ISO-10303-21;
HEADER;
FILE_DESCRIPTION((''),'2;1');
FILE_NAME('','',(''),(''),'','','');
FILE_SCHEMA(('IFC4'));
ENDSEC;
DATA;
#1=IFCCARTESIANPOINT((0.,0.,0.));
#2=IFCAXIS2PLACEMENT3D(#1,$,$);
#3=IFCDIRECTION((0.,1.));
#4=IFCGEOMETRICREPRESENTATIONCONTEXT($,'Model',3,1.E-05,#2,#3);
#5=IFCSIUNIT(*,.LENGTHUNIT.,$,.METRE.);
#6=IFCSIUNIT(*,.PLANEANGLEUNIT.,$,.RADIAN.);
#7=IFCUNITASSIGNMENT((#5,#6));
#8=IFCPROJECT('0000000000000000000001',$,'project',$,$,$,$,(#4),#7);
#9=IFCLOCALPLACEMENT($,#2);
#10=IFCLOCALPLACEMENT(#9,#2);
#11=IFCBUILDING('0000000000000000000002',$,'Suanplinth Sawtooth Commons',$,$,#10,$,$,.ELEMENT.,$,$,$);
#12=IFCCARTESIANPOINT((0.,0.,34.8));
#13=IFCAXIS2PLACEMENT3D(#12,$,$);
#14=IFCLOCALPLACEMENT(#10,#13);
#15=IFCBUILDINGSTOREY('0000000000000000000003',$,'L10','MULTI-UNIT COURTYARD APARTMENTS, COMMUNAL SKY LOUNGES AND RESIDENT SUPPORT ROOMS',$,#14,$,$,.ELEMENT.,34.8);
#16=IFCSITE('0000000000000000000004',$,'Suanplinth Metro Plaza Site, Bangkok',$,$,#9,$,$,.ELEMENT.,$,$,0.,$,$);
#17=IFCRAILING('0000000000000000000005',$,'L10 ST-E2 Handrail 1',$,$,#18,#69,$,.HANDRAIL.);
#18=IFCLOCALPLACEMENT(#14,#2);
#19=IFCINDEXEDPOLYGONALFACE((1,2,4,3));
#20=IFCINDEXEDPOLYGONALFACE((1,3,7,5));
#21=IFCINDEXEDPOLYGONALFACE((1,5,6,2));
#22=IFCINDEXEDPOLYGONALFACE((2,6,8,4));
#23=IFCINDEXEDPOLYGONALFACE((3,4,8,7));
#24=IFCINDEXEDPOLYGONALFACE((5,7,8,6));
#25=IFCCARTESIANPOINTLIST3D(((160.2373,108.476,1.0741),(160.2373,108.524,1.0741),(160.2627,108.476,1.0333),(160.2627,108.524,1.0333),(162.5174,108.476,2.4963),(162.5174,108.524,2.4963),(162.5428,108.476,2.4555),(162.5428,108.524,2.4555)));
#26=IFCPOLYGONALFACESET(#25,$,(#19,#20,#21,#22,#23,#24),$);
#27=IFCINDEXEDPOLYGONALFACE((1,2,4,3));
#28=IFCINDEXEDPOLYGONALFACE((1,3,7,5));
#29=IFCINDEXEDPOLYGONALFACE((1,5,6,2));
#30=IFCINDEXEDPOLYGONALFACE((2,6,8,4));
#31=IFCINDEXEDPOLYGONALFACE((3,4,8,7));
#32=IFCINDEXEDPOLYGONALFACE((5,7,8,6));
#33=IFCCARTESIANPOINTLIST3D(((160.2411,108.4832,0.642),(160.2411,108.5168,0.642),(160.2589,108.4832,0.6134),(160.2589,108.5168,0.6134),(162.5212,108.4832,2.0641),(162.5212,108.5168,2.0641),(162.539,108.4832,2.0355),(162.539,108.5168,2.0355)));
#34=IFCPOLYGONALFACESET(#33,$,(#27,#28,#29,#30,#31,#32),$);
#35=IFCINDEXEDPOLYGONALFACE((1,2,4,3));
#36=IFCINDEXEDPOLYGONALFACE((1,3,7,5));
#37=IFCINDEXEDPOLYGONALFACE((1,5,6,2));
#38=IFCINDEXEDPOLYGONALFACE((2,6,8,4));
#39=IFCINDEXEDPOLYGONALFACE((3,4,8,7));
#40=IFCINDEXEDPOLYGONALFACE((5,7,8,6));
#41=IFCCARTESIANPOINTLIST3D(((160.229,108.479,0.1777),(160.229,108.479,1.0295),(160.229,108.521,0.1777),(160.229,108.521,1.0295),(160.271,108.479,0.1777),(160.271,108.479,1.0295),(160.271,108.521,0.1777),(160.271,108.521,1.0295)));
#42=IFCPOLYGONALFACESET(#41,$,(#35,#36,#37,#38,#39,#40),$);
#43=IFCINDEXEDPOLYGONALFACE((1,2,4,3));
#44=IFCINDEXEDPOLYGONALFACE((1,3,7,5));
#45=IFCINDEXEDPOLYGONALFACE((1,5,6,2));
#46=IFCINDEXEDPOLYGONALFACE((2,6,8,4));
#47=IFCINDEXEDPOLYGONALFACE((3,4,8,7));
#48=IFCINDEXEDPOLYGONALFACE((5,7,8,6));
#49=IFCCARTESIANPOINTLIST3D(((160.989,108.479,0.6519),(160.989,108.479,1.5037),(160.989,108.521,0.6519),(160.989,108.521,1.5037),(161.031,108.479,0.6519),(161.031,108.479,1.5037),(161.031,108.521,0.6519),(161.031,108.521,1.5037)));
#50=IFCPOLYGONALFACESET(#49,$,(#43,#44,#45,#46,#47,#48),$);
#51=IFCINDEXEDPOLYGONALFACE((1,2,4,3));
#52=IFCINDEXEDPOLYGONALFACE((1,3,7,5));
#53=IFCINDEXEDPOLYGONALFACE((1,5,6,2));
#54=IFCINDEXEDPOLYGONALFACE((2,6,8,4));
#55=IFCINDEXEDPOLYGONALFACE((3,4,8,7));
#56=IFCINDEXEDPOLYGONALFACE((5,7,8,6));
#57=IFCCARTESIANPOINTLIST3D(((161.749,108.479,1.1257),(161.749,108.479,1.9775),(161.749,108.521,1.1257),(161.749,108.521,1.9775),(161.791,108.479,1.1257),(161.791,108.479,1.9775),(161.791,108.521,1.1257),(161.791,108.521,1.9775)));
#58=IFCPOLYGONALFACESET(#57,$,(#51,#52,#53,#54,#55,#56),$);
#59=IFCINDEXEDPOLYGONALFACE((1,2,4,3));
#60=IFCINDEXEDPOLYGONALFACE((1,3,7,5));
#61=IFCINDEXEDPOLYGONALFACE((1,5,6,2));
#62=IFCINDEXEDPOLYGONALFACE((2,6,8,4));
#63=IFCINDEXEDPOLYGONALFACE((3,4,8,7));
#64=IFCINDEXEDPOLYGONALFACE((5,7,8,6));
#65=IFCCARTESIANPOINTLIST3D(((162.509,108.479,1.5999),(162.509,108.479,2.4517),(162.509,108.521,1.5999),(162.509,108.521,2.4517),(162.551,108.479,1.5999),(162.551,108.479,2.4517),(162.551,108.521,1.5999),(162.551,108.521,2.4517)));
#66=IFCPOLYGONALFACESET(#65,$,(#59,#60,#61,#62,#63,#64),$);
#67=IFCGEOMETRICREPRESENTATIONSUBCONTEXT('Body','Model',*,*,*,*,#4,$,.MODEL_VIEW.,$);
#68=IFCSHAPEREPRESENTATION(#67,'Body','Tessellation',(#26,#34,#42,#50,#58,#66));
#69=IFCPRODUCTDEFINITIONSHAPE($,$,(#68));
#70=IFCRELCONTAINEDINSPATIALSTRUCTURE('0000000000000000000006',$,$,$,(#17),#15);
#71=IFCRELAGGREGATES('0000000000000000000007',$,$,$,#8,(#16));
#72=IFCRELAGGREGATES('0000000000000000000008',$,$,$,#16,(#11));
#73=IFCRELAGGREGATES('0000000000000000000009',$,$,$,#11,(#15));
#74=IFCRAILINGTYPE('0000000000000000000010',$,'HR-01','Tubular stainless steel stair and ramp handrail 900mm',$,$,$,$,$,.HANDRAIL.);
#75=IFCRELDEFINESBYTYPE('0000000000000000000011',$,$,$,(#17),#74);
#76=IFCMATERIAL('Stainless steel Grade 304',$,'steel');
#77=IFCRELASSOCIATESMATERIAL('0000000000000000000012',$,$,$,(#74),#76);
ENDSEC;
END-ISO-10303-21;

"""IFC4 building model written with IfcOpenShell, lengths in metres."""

from ifc_helpers import new_model, si_unit, direction, frame, origin, origin_2d, place, context, subcontext, project, spatial, rectangle, extrude, material, type_object, element, save


model = new_model("IFC4")

# Units and contexts
model_context = context("Model", 3, precision=1e-05, world=origin(), true_north=direction((0.0, 1.0)))
body_context = subcontext(model_context, "Body", "Model", "MODEL_VIEW")
ifc_project = project(units=[si_unit("LENGTHUNIT", "METRE"), si_unit("PLANEANGLEUNIT", "RADIAN")], contexts=[model_context])

# Site, building, storey
site_placement = place(None, origin())
site = spatial("IfcSite", under=ifc_project, at=site_placement, Name="Suanplinth Metro Plaza Site, Bangkok", CompositionType="ELEMENT", RefElevation=0.0)
building_placement = place(site_placement, origin())
building = spatial("IfcBuilding", under=site, at=building_placement, Name="Suanplinth Sawtooth Commons", CompositionType="ELEMENT")
storey_placement = place(building_placement, frame((0.0, 0.0, 34.8)))
storey = spatial("IfcBuildingStorey", under=building, at=storey_placement, Name="L10", Description="MULTI-UNIT COURTYARD APARTMENTS, COMMUNAL SKY LOUNGES AND RESIDENT SUPPORT ROOMS", CompositionType="ELEMENT", Elevation=34.8)

# Railing
ifc_material_1 = material(Name="Stainless steel Grade 304", Category="steel")
railing_type_1 = type_object("IfcRailingType", Name="HR-01", Description="Tubular stainless steel stair and ramp handrail 900mm", PredefinedType="HANDRAIL", material=ifc_material_1)
railing_1_placement = place(storey_placement, frame((160.25, 108.5, 0.1777)))
element("IfcRailing", 1, at=railing_1_placement, inside=storey, type_object=railing_type_1, Name="L10 ST-E2 Handrail 1", PredefinedType="HANDRAIL", context=body_context, shape_type="SweptSolid", body=[
    extrude(rectangle(XDim=0.0481, YDim=0.0481, at=origin_2d()), frame((0.0, 0.0, 0.876), z_axis=(0.848483, 0.0, 0.529223), x_axis=(0.0, 1.0, 0.0)), (0.0, 0.0, 1.0), 2.6873),
    extrude(rectangle(XDim=0.0337, YDim=0.0337, at=origin_2d()), frame((0.0, 0.0, 0.45), z_axis=(0.848483, 0.0, 0.529223), x_axis=(0.0, 1.0, 0.0)), (0.0, 0.0, 1.0), 2.6873),
    extrude(rectangle(XDim=0.042, YDim=0.042, at=origin_2d()), origin(), (0.0, 0.0, 1.0), 0.8518),
    extrude(rectangle(XDim=0.042, YDim=0.042, at=origin_2d()), frame((0.76, 0.0, 0.4741)), (0.0, 0.0, 1.0), 0.8518),
    extrude(rectangle(XDim=0.042, YDim=0.042, at=origin_2d()), frame((1.52, 0.0, 0.948)), (0.0, 0.0, 1.0), 0.8518),
    extrude(rectangle(XDim=0.042, YDim=0.042, at=origin_2d()), frame((2.28, 0.0, 1.4221)), (0.0, 0.0, 1.0), 0.8518),
])

save(model, "model.ifc")
